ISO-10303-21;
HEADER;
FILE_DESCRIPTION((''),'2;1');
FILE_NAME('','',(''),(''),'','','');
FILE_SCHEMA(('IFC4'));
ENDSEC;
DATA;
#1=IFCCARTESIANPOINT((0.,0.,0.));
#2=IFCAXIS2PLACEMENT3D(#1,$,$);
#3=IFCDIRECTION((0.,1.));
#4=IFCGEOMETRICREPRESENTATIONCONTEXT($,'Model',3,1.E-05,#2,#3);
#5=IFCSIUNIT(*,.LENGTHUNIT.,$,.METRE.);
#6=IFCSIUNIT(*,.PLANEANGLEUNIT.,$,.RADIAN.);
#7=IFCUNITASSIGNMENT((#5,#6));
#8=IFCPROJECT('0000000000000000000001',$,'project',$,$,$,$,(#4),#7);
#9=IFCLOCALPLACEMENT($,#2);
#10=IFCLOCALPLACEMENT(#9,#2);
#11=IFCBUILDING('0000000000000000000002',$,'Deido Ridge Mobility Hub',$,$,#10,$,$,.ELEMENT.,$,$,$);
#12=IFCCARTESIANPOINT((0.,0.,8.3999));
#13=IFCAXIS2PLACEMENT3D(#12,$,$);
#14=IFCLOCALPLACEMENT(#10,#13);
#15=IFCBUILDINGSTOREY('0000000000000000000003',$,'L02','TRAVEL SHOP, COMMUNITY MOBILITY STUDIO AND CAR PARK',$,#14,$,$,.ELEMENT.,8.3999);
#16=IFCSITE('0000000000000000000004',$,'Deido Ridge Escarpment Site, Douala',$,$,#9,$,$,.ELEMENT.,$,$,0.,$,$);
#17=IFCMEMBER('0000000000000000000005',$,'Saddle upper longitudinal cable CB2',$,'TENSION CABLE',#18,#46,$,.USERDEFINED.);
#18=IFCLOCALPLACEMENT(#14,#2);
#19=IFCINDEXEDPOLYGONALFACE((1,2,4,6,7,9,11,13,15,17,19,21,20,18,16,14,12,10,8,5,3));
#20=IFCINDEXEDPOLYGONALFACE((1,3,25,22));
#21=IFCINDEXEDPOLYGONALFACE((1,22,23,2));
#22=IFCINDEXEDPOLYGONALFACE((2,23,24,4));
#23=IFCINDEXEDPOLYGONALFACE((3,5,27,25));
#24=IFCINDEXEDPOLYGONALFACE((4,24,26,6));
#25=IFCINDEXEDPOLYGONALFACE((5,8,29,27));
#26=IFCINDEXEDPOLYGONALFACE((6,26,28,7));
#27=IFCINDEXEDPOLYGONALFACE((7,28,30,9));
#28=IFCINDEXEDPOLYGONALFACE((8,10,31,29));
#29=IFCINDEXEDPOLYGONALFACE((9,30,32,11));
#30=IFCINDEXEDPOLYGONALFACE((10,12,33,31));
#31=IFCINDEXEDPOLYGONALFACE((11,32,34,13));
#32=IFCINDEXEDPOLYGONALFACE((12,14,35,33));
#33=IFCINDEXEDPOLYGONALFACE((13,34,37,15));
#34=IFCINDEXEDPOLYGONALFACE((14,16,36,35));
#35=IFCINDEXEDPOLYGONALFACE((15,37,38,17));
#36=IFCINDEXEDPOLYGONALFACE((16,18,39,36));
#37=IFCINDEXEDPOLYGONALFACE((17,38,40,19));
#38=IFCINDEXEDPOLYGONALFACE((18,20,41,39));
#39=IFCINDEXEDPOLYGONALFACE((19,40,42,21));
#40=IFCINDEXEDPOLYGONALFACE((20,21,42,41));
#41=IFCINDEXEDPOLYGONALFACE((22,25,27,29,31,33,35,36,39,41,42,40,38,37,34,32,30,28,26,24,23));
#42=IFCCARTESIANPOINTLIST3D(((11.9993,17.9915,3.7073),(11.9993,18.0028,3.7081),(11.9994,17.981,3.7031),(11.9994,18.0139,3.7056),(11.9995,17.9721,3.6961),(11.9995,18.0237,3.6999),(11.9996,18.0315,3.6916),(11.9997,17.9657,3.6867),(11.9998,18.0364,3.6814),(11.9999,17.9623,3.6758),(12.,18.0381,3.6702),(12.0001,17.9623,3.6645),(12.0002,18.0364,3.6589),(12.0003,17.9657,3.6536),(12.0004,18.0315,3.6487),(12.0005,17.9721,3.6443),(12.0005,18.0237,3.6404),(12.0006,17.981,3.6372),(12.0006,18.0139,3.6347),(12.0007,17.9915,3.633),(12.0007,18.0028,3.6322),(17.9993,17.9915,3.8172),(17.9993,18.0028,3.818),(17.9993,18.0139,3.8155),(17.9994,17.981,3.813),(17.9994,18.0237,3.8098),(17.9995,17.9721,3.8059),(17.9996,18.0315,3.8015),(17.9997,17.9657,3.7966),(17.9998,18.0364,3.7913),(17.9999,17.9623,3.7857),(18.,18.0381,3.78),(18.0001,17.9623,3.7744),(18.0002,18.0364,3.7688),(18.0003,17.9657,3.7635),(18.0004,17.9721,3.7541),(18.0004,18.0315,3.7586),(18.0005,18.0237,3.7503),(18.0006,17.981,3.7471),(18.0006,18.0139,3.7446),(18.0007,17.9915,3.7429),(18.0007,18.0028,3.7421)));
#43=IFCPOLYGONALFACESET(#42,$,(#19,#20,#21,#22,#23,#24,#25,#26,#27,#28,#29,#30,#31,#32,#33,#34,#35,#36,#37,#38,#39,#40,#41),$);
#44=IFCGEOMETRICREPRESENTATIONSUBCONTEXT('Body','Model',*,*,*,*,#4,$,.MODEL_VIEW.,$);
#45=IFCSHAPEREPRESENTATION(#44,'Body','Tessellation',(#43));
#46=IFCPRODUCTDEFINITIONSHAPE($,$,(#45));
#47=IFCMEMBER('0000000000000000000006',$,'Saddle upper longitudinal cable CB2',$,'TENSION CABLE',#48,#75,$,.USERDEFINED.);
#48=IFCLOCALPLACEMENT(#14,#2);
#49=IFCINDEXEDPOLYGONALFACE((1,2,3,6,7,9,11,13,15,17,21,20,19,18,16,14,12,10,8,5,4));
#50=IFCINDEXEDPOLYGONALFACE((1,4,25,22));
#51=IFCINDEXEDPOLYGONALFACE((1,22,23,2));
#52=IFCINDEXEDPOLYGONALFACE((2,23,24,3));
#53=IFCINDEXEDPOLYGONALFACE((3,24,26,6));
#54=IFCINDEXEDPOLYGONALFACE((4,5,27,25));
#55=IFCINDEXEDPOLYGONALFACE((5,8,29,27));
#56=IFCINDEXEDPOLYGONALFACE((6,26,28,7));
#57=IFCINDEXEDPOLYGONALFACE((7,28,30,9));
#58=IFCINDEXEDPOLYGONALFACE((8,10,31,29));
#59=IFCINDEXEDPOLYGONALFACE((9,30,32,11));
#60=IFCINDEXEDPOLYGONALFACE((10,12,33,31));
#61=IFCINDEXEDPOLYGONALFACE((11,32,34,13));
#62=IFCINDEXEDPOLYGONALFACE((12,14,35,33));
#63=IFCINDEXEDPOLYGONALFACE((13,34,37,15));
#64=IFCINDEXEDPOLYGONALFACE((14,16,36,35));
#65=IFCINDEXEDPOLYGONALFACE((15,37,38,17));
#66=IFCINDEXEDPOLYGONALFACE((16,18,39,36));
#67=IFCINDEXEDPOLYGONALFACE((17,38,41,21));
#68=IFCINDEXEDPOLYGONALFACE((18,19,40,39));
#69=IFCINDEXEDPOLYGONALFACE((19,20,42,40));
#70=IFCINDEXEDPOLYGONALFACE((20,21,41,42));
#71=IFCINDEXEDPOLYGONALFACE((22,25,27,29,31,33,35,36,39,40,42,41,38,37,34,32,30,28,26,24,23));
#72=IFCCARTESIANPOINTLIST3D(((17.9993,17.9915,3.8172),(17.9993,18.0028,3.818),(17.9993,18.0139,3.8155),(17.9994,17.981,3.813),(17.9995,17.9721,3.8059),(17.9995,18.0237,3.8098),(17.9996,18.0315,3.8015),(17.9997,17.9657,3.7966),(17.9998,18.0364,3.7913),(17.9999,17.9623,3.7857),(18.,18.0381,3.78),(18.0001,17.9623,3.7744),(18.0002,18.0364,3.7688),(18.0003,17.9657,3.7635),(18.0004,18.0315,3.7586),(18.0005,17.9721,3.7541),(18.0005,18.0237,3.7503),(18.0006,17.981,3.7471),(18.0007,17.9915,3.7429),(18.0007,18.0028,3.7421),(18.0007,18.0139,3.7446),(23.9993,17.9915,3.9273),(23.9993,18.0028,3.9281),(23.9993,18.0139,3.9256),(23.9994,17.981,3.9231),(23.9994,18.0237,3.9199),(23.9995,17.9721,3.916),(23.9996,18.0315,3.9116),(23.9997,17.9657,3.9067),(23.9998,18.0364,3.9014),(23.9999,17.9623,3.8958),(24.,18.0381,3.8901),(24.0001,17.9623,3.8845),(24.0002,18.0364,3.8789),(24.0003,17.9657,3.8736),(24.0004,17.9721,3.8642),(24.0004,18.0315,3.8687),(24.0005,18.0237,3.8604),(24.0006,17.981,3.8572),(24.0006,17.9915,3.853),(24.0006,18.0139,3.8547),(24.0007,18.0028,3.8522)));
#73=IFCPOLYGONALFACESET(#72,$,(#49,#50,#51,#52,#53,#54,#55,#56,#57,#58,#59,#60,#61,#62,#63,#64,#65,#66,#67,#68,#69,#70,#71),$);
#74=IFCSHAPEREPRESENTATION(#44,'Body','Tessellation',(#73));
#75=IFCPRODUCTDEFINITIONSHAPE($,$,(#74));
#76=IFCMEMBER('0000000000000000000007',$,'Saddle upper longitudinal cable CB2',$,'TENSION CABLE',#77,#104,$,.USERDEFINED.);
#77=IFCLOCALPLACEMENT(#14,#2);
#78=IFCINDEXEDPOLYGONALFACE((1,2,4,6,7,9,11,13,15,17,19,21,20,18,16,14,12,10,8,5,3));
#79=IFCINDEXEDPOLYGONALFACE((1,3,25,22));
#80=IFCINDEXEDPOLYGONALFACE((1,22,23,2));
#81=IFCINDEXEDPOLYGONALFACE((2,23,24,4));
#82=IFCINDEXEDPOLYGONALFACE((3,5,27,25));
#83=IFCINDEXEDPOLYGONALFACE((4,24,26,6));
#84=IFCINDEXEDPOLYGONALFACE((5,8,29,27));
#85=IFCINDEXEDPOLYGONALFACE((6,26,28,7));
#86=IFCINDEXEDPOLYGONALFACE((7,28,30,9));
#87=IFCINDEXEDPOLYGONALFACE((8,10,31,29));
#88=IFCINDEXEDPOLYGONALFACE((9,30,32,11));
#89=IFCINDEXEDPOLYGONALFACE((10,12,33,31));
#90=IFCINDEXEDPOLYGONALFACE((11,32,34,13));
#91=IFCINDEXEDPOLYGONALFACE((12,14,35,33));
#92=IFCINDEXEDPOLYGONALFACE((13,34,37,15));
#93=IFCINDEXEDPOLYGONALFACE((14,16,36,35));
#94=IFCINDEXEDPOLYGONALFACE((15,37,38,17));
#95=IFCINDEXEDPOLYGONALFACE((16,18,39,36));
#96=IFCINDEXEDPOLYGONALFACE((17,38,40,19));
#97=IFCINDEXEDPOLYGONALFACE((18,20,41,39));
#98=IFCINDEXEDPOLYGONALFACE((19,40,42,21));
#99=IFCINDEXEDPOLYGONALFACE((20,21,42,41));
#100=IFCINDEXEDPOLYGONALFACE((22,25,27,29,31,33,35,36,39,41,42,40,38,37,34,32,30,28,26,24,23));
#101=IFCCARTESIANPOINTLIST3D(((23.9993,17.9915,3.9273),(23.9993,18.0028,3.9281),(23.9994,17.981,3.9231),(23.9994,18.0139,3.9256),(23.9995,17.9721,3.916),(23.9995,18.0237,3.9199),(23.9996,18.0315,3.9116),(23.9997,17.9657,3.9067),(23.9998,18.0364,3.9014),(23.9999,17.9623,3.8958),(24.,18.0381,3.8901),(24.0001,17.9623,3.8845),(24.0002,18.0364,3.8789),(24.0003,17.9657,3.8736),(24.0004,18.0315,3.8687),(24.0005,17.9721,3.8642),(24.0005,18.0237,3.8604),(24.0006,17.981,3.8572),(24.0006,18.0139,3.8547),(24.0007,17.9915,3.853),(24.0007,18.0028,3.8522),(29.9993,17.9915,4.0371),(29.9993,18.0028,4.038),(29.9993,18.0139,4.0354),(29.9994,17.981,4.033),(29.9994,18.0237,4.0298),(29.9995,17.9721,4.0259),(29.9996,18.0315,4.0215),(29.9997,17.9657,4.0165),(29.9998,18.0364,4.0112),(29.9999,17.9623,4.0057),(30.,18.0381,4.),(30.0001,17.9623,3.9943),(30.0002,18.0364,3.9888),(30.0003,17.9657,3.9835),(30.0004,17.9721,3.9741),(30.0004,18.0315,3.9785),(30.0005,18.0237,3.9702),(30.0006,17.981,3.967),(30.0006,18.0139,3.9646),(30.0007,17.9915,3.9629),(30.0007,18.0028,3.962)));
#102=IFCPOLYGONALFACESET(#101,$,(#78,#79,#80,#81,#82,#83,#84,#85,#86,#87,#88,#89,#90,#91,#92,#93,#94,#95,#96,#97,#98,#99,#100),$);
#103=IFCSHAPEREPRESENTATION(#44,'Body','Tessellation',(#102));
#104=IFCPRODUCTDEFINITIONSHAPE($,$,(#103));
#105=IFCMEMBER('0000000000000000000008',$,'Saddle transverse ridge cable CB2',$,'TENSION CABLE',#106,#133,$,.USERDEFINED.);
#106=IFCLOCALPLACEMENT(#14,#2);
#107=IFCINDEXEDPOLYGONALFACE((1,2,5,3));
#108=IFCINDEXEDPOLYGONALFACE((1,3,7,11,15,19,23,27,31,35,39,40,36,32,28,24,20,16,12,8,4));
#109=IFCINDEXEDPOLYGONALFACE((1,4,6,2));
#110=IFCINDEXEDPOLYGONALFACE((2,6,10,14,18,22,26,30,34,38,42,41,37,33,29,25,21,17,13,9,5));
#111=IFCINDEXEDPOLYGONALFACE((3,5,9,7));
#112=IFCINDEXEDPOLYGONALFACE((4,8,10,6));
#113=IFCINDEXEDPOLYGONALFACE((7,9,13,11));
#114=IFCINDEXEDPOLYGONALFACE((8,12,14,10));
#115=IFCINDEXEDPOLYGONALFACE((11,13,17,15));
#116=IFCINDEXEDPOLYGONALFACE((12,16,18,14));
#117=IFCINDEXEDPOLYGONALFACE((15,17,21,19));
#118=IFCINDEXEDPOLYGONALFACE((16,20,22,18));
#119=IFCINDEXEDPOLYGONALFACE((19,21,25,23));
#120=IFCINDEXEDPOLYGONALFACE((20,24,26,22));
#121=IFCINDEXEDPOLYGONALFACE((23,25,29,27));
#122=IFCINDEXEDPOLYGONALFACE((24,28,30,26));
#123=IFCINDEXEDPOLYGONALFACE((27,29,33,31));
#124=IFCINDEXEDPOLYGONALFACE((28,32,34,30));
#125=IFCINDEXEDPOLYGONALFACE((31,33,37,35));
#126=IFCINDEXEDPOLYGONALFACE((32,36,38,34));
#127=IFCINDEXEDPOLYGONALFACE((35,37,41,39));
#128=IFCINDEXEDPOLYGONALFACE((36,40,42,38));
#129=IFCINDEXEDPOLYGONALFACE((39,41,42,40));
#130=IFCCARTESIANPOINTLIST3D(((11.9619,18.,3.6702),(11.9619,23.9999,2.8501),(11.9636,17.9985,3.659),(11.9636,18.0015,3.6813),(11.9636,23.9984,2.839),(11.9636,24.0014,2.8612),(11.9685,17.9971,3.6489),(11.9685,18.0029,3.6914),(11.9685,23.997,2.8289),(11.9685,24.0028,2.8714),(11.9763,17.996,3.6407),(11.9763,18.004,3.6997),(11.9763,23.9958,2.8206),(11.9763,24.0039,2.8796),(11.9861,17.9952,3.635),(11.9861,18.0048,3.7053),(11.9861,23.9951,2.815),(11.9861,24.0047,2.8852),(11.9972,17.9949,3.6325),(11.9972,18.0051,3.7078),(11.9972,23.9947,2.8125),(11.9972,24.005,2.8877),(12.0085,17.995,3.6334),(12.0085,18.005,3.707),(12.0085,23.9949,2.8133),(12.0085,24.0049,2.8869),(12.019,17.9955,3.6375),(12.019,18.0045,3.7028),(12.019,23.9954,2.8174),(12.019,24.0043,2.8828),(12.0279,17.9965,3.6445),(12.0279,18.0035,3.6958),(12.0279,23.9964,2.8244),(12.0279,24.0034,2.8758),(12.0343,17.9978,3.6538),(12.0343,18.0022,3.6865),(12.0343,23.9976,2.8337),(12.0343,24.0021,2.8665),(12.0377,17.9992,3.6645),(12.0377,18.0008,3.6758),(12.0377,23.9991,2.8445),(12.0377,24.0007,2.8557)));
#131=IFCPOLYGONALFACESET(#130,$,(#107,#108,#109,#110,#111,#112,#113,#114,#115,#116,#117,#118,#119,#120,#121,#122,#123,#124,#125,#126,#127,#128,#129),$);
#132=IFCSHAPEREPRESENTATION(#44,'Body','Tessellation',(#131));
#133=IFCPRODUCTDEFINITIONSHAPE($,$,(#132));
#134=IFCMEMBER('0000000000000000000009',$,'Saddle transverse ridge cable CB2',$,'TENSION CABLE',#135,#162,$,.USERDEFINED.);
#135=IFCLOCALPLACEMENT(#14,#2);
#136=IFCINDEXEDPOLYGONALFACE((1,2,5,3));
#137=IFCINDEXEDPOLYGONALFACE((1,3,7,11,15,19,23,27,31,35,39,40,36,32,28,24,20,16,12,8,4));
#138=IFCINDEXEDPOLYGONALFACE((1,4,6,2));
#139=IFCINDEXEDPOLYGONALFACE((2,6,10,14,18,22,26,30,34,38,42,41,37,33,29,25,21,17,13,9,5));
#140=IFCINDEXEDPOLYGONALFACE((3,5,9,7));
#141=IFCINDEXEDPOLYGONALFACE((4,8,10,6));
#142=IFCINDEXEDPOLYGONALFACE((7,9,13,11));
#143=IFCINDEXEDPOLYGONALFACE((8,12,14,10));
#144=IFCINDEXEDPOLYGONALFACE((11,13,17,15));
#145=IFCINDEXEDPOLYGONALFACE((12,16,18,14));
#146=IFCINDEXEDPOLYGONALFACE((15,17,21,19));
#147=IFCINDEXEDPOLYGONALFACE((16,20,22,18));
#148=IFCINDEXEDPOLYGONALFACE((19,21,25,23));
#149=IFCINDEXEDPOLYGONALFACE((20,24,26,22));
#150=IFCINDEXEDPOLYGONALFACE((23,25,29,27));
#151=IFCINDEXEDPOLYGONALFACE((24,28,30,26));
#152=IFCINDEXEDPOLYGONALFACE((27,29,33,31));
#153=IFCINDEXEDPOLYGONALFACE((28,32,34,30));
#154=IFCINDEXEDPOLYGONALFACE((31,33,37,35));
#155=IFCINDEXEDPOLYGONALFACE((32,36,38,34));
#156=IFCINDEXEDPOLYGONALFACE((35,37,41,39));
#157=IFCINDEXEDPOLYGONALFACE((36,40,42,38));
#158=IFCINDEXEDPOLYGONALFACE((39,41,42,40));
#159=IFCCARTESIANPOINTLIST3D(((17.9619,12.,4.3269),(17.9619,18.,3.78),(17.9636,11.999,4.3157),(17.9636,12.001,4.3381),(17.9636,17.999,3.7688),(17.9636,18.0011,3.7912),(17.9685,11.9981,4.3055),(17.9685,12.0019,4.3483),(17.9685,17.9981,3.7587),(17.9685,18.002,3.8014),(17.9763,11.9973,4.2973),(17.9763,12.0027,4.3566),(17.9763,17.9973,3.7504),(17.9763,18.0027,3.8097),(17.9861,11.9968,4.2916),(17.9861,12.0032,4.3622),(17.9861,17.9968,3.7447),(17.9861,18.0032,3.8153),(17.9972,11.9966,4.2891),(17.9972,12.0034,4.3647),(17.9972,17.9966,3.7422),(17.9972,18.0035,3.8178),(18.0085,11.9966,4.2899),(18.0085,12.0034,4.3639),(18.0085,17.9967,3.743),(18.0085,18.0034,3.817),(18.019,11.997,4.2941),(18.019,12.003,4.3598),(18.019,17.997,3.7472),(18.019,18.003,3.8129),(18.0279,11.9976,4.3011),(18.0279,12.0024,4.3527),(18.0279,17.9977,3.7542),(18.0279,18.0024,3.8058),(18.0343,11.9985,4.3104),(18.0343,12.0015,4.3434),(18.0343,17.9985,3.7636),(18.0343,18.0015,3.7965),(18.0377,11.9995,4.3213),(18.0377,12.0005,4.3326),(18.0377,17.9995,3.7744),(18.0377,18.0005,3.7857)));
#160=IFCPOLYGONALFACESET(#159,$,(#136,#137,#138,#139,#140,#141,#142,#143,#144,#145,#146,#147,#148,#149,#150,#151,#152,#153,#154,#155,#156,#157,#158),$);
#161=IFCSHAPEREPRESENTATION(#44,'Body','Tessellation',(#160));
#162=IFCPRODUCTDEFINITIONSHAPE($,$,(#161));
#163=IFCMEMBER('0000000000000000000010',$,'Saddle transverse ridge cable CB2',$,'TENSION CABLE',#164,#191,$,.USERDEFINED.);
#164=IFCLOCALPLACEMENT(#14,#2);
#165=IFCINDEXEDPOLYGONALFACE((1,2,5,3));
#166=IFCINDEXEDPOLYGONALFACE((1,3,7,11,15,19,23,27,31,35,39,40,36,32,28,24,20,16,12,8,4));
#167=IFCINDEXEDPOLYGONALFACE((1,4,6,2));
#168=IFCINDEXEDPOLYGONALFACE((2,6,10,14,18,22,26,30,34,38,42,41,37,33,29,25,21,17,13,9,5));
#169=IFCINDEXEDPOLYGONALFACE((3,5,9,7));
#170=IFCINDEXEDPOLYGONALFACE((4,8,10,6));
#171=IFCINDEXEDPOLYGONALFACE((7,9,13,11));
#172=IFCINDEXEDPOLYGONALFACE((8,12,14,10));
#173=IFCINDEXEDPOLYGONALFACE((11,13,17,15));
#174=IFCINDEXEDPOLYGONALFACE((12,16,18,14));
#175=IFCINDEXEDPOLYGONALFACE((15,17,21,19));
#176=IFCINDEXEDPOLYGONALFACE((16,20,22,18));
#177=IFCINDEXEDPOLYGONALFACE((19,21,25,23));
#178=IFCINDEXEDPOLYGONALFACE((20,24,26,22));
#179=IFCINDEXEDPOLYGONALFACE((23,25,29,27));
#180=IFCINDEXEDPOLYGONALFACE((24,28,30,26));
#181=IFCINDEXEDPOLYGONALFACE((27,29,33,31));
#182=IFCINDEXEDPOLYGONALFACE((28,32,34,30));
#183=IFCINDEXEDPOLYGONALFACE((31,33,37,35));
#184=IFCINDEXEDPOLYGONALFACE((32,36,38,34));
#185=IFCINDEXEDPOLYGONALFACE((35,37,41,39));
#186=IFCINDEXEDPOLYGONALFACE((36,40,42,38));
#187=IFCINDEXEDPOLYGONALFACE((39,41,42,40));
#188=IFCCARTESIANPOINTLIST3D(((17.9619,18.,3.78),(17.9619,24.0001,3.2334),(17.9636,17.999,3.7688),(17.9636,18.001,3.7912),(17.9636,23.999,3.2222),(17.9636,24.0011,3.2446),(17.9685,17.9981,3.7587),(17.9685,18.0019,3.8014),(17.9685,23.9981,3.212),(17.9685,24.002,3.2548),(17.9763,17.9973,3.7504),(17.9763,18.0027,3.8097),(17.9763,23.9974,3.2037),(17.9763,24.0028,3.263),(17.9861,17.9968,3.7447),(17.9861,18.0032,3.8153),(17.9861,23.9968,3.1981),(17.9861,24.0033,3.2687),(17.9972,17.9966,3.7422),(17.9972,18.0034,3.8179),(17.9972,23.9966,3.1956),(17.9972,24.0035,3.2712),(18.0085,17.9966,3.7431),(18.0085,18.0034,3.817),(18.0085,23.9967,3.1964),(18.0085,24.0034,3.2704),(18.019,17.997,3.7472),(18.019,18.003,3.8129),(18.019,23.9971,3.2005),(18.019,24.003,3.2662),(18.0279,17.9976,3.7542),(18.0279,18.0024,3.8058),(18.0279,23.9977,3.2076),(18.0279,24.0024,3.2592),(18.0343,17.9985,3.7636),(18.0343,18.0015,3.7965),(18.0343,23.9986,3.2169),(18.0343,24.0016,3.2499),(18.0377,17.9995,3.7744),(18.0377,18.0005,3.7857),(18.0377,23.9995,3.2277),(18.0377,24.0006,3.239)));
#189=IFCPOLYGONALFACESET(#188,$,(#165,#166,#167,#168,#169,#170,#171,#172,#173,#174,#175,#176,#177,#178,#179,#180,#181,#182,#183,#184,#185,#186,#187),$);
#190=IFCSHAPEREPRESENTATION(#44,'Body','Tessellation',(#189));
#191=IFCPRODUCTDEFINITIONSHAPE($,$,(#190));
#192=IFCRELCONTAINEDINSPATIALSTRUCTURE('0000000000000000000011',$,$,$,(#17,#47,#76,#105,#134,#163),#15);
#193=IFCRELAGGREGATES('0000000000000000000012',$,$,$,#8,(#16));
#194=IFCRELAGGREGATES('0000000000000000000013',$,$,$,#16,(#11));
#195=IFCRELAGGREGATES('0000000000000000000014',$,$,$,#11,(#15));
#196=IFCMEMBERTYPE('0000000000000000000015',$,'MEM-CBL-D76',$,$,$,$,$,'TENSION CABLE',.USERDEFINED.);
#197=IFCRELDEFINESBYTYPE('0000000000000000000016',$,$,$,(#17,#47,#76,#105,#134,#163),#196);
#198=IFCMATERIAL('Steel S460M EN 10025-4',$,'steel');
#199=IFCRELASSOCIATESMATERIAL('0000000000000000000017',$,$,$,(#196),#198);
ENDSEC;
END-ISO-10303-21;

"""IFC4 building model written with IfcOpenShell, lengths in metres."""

from ifc_helpers import new_model, si_unit, direction, frame, origin, origin_2d, place, context, subcontext, project, spatial, circle, extrude, material, material_profile, profile_set, type_object, element, save


model = new_model("IFC4")

# Units and contexts
model_context = context("Model", 3, precision=1e-05, world=origin(), true_north=direction((0.0, 1.0)))
body_context = subcontext(model_context, "Body", "Model", "MODEL_VIEW")
ifc_project = project(units=[si_unit("LENGTHUNIT", "METRE"), si_unit("PLANEANGLEUNIT", "RADIAN")], contexts=[model_context])

# Site, building, storey
site_placement = place(None, origin())
site = spatial("IfcSite", under=ifc_project, at=site_placement, Name="Deido Ridge Escarpment Site, Douala", CompositionType="ELEMENT", RefElevation=0.0)
building_placement = place(site_placement, origin())
building = spatial("IfcBuilding", under=site, at=building_placement, Name="Deido Ridge Mobility Hub", CompositionType="ELEMENT")
storey_placement = place(building_placement, frame((0.0, 0.0, 8.3999)))
storey = spatial("IfcBuildingStorey", under=building, at=storey_placement, Name="L02", Description="TRAVEL SHOP, COMMUNITY MOBILITY STUDIO AND CAR PARK", CompositionType="ELEMENT", Elevation=8.3999)

# Members
ifc_material_1 = material(Name="Steel S460M EN 10025-4", Category="steel")
ifc_material_profile_1 = material_profile(ifc_material_1, circle(Radius=0.0381, at=origin_2d()), Name="CABLE D76")
ifc_profile_set_1 = profile_set([ifc_material_profile_1], Name="Steel S460M EN 10025-4")
member_type_1 = type_object("IfcMemberType", Name="MEM-CBL-D76", ElementType="TENSION CABLE", PredefinedType="USERDEFINED", material=ifc_profile_set_1)
for number, where, z_axis, x_axis, name in (
    (1, (12.0, 18.0, 3.6702), (0.999832, 0.0, 0.018307), (0.0, 1.0, 0.0), "Saddle upper longitudinal cable CB2"),
    (2, (18.0, 18.0, 3.78), (0.999832, 0.0, 0.018348), (0.0, 1.0, 0.0), "Saddle upper longitudinal cable CB2"),
    (3, (24.0, 18.0, 3.8901), (0.999832, 0.0, 0.018307), (0.0, 1.0, 0.0), "Saddle upper longitudinal cable CB2"),
):
    element("IfcMember", number, at=place(storey_placement, frame(where, z_axis=z_axis, x_axis=x_axis)), inside=storey, type_object=member_type_1, Name=name, ObjectType="TENSION CABLE", PredefinedType="USERDEFINED", context=body_context, shape_type="SweptSolid", body=[
        extrude(circle(Radius=0.0381, at=origin_2d()), origin(), (0.0, 0.0, 1.0), 6.001),
    ])
member_1_placement = place(storey_placement, frame((12.0, 18.0, 3.6702), z_axis=(0.0, 0.990788, -0.135419), x_axis=(-1.0, 0.0, 0.0)))
element("IfcMember", 4, at=member_1_placement, inside=storey, type_object=member_type_1, Name="Saddle transverse ridge cable CB2", ObjectType="TENSION CABLE", PredefinedType="USERDEFINED", context=body_context, shape_type="SweptSolid", body=[
    extrude(circle(Radius=0.0381, at=origin_2d()), origin(), (0.0, 0.0, 1.0), 6.0557),
])
for number, where, z_axis, x_axis, name in (
    (5, (18.0, 12.0, 4.3269), (0.0, 0.995872, -0.09077), (-1.0, 0.0, 0.0), "Saddle transverse ridge cable CB2"),
    (6, (18.0, 18.0, 3.78), (0.0, 0.995876, -0.090729), (-1.0, 0.0, 0.0), "Saddle transverse ridge cable CB2"),
):
    element("IfcMember", number, at=place(storey_placement, frame(where, z_axis=z_axis, x_axis=x_axis)), inside=storey, type_object=member_type_1, Name=name, ObjectType="TENSION CABLE", PredefinedType="USERDEFINED", context=body_context, shape_type="SweptSolid", body=[
        extrude(circle(Radius=0.0381, at=origin_2d()), origin(), (0.0, 0.0, 1.0), 6.0249),
    ])

save(model, "model.ifc")
